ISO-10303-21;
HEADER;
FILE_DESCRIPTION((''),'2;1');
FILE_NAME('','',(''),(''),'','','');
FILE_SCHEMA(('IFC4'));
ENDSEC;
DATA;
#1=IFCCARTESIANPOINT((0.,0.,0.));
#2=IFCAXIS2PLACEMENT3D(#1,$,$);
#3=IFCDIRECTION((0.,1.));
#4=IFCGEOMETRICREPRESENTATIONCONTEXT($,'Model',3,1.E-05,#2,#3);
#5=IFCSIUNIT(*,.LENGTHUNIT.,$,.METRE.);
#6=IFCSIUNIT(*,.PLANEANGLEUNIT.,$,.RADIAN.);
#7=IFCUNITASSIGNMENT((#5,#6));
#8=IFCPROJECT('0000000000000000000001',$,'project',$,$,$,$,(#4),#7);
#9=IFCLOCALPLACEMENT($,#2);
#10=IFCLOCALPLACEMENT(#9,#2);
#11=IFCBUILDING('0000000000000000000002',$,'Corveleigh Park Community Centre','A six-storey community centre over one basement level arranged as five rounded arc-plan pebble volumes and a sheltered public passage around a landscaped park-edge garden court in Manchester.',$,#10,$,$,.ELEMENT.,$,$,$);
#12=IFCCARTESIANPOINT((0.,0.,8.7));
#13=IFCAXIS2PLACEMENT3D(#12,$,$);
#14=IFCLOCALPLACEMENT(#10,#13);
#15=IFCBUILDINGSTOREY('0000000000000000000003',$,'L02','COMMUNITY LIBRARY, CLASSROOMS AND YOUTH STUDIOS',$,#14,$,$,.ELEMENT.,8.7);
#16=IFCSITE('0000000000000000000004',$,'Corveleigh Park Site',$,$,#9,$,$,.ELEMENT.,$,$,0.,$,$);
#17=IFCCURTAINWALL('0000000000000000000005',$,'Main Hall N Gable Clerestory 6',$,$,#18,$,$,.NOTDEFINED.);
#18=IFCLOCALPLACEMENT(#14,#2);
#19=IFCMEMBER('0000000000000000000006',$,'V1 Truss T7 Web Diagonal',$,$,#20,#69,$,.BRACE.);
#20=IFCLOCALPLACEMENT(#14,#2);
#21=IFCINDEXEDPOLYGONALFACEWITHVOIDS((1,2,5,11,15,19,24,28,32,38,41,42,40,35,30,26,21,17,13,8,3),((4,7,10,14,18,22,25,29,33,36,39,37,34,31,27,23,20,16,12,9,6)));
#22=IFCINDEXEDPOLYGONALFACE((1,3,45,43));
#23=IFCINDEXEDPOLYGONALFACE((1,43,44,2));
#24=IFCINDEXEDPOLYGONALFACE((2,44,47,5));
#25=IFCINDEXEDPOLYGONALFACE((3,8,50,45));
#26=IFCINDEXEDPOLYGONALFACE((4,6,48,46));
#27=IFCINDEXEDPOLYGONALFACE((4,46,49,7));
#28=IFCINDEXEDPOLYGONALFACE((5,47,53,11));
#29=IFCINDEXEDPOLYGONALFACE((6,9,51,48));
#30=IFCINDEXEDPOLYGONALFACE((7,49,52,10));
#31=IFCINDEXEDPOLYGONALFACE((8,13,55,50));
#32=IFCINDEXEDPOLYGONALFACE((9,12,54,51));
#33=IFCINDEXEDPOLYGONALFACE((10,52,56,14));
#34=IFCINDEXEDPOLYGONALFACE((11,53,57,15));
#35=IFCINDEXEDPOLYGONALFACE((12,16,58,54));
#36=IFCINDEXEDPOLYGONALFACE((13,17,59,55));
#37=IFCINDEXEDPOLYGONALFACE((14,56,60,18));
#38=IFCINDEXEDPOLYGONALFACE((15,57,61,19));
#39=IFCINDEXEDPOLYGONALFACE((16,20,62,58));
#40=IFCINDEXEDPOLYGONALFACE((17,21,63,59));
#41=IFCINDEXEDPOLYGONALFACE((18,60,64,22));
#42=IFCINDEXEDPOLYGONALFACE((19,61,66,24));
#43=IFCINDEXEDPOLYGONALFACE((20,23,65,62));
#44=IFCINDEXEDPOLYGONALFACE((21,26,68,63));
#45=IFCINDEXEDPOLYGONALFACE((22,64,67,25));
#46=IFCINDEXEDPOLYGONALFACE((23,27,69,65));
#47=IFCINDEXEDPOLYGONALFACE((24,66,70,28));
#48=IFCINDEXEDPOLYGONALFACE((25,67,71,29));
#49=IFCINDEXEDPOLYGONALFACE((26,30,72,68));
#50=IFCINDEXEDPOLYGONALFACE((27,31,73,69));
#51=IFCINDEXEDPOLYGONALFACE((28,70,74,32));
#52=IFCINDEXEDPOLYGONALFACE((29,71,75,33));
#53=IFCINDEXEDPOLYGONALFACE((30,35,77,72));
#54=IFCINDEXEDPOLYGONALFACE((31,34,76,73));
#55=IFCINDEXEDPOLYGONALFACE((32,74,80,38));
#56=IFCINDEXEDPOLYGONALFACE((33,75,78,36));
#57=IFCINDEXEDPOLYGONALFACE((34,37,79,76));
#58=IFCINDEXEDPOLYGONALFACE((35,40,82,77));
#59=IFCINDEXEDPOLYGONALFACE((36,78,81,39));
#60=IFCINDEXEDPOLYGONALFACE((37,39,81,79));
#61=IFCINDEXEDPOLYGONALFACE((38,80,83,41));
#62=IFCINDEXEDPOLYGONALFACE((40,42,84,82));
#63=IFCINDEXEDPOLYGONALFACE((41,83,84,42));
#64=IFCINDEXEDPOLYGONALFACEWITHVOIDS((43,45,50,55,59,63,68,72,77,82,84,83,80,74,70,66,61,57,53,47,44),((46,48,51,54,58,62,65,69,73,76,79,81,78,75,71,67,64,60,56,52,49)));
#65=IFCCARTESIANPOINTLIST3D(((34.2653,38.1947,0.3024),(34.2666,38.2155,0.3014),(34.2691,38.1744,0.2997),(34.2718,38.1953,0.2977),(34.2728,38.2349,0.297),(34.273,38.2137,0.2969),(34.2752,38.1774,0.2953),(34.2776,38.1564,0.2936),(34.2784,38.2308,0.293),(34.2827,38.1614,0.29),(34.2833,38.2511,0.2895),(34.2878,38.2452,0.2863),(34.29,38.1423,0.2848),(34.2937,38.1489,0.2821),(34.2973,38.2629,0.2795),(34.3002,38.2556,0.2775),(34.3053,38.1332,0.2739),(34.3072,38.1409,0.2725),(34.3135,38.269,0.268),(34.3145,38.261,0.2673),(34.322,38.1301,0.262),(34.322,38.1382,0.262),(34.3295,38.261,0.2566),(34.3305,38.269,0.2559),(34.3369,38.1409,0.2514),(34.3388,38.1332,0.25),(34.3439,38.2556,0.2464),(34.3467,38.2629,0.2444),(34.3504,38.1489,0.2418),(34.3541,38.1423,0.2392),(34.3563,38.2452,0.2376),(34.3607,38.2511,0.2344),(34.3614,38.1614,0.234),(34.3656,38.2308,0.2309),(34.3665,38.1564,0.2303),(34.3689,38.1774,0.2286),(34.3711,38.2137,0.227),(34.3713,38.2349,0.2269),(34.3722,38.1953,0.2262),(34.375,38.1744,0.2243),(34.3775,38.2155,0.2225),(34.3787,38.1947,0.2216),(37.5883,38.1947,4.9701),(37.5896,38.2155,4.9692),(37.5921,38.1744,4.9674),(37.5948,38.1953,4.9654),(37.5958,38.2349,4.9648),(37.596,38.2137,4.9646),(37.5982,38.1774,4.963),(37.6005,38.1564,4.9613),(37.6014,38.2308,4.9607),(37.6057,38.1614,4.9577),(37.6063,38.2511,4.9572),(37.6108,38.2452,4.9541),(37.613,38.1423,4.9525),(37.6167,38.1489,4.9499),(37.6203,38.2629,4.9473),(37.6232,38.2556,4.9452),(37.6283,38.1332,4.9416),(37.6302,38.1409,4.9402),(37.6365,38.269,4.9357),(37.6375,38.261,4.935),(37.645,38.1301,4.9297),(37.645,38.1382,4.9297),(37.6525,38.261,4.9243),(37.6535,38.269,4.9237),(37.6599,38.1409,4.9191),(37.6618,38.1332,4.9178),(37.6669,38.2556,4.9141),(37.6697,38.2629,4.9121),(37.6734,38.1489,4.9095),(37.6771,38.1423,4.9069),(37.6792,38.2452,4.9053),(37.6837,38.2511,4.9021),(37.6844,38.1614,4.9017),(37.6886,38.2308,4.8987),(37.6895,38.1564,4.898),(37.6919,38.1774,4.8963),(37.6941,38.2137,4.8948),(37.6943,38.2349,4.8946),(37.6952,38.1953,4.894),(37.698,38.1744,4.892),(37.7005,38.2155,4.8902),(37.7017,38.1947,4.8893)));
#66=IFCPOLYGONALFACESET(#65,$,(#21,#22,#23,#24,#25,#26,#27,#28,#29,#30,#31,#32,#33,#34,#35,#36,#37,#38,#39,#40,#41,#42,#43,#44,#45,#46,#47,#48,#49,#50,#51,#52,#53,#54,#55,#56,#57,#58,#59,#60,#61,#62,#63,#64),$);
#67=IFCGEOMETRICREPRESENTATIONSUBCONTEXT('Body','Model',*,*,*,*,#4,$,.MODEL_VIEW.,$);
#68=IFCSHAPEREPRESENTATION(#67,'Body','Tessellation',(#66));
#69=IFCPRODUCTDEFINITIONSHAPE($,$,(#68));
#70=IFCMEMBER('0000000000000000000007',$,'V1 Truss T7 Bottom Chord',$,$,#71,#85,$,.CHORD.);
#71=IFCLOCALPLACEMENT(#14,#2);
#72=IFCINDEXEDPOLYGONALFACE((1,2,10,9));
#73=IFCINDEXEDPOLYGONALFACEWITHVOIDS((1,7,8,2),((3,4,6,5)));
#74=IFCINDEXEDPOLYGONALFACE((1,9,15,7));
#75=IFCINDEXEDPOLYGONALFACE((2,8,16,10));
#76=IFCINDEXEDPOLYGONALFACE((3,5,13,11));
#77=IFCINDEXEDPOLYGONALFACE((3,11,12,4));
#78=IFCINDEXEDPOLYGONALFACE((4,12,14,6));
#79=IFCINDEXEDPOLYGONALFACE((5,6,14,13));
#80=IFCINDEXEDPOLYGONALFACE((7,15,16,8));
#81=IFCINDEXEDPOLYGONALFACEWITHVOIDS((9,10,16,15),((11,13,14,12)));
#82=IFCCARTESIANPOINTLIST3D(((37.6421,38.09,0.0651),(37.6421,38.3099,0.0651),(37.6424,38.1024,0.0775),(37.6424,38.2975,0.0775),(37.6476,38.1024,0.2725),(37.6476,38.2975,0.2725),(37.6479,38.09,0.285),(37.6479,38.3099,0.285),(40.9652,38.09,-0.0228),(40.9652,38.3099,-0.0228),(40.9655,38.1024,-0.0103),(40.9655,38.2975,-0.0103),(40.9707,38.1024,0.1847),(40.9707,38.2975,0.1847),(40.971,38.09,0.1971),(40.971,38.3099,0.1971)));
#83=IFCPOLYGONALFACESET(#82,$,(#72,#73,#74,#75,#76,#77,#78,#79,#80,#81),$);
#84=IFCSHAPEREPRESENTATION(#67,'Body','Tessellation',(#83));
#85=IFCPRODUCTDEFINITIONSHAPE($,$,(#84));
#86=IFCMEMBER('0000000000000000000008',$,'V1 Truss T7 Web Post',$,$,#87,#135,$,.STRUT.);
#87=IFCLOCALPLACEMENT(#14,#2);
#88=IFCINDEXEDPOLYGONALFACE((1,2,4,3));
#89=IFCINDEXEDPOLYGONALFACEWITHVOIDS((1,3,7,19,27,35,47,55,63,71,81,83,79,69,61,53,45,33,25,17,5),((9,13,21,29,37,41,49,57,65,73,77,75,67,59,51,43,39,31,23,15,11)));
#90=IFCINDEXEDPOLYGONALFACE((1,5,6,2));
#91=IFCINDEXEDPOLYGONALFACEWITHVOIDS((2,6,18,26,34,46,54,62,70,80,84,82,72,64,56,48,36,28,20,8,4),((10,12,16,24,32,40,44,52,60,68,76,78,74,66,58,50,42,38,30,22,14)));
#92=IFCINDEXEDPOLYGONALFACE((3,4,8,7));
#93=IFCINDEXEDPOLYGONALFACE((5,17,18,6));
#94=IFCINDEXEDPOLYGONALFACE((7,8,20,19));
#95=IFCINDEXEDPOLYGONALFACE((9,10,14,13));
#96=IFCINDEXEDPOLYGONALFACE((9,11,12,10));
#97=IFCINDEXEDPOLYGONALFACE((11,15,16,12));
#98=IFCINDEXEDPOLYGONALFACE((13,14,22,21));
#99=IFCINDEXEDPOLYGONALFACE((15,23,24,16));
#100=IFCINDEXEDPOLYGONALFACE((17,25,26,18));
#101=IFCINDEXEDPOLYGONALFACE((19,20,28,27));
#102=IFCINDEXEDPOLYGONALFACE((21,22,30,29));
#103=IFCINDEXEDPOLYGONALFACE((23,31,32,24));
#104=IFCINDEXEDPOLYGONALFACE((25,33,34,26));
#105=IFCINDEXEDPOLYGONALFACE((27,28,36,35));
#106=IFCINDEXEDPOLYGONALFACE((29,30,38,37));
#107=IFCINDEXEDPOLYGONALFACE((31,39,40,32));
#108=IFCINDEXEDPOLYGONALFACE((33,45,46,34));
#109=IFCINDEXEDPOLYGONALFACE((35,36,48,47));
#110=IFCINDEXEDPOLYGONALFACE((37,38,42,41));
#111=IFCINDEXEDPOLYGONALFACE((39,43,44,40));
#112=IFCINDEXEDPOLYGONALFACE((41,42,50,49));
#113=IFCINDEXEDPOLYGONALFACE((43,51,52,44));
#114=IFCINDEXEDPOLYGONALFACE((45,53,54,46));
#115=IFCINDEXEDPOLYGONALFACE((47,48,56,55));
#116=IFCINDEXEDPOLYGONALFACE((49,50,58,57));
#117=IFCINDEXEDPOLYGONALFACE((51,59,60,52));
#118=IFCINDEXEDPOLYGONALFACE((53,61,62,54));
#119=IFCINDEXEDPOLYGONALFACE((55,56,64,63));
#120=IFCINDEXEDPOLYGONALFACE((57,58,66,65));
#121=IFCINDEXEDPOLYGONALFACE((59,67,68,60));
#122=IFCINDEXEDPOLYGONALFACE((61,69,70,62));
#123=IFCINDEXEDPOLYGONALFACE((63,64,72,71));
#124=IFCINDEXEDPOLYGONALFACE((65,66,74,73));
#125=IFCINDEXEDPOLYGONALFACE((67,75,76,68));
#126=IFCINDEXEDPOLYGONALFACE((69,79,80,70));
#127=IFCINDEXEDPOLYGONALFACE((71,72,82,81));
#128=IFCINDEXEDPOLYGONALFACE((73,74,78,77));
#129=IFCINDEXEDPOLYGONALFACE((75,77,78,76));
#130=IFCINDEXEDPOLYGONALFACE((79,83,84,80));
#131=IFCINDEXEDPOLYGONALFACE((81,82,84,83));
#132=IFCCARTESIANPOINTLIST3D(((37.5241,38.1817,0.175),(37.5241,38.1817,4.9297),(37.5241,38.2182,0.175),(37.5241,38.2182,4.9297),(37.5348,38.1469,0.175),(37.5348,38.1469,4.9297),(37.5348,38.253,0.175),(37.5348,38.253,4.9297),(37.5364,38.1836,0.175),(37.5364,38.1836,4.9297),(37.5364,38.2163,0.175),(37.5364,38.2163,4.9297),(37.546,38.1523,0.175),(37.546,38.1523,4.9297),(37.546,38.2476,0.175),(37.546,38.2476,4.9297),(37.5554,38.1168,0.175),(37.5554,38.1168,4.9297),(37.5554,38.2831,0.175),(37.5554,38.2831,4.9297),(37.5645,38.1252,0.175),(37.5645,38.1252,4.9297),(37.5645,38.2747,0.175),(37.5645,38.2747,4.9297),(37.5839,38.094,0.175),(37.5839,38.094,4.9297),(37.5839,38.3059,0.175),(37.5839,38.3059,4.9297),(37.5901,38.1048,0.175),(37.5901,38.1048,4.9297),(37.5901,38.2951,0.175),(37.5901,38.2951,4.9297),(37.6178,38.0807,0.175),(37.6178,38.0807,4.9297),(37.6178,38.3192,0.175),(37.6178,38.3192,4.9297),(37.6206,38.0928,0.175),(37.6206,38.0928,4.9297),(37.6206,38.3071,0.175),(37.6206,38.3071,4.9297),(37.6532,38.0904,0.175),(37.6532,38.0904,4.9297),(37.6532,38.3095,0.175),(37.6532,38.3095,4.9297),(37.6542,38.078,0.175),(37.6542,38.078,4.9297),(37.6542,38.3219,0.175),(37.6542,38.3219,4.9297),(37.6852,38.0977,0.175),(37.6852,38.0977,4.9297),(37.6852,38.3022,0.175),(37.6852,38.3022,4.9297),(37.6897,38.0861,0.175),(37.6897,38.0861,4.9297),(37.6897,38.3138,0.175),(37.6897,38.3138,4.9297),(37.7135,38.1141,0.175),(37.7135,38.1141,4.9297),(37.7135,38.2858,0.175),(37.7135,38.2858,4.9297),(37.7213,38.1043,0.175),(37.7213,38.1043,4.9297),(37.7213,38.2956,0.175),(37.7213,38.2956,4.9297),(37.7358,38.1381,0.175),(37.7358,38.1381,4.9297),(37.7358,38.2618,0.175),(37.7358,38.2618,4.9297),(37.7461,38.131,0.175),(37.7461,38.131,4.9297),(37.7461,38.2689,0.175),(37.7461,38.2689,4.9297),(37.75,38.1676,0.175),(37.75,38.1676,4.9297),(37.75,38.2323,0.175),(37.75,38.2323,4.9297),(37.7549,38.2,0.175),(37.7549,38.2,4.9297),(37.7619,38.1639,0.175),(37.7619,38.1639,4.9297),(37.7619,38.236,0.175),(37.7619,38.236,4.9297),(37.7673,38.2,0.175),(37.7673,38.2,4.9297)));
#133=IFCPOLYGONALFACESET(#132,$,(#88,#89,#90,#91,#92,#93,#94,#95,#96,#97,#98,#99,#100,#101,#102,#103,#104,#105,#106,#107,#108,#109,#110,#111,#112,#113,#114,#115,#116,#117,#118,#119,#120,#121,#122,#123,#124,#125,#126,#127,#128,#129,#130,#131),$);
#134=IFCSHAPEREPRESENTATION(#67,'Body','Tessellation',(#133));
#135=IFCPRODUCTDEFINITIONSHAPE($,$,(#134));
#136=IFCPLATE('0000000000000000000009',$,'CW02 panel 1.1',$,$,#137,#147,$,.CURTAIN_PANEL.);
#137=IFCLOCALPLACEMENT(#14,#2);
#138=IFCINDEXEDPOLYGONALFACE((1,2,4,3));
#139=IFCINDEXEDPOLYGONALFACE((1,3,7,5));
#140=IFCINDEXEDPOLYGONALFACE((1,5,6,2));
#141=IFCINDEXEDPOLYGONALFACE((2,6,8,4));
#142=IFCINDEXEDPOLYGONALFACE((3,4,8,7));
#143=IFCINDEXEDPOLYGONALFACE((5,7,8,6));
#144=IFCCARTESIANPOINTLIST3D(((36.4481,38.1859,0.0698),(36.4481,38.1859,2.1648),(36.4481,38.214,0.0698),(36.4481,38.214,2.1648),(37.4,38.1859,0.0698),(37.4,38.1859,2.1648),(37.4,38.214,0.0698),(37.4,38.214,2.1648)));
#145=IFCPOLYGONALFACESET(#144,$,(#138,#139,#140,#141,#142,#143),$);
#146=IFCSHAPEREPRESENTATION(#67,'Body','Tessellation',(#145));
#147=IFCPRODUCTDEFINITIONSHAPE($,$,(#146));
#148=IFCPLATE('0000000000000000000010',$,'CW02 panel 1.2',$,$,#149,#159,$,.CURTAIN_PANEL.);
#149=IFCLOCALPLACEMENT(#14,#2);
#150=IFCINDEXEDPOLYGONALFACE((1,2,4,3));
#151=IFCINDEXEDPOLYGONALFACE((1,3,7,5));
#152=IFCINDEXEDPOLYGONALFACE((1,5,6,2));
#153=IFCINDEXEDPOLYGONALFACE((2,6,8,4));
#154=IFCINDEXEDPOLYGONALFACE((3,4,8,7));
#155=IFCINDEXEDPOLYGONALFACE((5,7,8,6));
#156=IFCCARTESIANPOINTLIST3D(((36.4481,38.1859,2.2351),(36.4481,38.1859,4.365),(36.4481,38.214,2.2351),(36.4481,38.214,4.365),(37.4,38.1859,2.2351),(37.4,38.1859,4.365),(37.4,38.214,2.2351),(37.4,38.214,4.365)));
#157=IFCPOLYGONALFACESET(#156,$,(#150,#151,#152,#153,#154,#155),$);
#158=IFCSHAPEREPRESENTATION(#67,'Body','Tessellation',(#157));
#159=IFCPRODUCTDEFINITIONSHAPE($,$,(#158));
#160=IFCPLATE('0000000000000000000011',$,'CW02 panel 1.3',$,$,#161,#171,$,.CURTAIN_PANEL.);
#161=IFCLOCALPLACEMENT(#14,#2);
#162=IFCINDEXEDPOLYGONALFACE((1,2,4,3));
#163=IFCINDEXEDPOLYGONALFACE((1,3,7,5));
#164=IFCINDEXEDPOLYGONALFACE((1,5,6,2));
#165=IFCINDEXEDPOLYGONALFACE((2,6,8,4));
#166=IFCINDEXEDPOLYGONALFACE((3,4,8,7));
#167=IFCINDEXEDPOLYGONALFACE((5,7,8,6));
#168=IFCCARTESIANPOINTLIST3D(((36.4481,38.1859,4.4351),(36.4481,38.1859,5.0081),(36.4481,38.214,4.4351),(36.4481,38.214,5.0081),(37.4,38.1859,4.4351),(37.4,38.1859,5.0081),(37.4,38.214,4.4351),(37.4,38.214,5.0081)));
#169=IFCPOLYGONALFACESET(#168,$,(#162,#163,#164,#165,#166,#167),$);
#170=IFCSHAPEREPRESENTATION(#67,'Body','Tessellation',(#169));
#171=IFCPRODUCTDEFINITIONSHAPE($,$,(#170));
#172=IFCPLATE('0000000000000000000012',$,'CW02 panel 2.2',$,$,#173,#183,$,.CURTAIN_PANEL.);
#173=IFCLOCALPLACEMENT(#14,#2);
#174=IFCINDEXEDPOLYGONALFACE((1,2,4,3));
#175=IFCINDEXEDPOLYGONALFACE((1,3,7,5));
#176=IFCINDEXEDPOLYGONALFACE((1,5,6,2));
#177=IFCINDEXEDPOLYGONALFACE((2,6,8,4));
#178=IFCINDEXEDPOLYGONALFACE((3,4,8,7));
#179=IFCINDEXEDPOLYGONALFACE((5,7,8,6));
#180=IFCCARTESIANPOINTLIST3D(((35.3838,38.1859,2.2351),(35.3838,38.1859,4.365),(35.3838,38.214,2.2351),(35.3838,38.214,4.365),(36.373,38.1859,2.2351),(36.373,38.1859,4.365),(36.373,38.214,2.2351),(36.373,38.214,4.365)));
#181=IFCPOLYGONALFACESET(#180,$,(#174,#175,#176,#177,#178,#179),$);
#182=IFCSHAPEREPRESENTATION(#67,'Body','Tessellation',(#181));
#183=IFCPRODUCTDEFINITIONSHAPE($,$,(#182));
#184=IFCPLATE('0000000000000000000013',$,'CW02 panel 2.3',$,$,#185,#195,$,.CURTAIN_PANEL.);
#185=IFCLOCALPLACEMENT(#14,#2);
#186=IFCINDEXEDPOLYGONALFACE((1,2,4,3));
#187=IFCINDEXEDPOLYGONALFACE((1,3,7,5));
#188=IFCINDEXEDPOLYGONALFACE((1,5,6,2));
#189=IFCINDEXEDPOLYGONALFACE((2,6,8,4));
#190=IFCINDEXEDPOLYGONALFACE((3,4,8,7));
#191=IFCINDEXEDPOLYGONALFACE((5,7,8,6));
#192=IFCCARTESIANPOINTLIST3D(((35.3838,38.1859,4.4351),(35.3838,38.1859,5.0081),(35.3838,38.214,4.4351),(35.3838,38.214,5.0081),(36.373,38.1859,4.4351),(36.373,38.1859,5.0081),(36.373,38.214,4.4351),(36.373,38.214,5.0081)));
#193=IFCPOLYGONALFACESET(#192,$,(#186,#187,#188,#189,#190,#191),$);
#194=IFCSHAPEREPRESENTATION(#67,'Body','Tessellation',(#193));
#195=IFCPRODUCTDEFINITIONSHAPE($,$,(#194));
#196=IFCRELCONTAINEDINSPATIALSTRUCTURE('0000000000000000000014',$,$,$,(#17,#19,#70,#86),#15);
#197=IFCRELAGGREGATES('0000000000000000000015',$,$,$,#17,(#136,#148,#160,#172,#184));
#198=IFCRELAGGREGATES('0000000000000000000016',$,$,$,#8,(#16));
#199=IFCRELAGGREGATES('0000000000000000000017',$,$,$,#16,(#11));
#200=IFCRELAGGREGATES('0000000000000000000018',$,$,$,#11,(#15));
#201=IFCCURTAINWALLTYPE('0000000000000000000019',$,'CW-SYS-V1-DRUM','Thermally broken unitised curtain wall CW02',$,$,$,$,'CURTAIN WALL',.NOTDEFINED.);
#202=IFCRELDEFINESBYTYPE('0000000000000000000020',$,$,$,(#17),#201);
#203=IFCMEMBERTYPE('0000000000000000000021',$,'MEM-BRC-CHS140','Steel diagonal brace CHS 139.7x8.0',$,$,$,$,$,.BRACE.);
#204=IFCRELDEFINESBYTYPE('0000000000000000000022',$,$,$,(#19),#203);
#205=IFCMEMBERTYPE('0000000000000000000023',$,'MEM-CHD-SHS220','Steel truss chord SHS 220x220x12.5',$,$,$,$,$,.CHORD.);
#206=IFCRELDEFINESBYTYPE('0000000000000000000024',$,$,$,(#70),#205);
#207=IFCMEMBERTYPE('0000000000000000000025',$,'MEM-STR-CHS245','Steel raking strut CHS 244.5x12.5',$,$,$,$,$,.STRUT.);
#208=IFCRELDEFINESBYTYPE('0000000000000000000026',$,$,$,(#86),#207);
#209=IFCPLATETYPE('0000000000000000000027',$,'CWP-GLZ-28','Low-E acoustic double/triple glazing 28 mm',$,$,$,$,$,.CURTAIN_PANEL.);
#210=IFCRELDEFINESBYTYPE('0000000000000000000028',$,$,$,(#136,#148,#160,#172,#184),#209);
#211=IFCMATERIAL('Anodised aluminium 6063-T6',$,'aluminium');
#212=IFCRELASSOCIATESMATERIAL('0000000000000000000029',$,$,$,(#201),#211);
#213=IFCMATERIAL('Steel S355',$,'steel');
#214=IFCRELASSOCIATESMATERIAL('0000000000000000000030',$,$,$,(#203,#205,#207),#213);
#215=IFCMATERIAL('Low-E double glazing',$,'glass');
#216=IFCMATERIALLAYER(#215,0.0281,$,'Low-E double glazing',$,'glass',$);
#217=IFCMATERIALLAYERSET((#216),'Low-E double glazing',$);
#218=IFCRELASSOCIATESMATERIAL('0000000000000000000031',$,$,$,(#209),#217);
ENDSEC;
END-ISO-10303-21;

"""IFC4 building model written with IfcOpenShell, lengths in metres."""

from ifc_helpers import new_model, si_unit, direction, frame, origin, origin_2d, place, context, subcontext, project, spatial, rectangle, hollow_rectangle, hollow_circle, extrude, material, layer, layer_set, material_profile, profile_set, type_object, element, aggregate, save


model = new_model("IFC4")

# Units and contexts
model_context = context("Model", 3, precision=1e-05, world=origin(), true_north=direction((0.0, 1.0)))
body_context = subcontext(model_context, "Body", "Model", "MODEL_VIEW")
ifc_project = project(units=[si_unit("LENGTHUNIT", "METRE"), si_unit("PLANEANGLEUNIT", "RADIAN")], contexts=[model_context])

# Site, building, storey
site_placement = place(None, origin())
site = spatial("IfcSite", under=ifc_project, at=site_placement, Name="Corveleigh Park Site", CompositionType="ELEMENT", RefElevation=0.0)
building_placement = place(site_placement, origin())
building = spatial("IfcBuilding", under=site, at=building_placement, Name="Corveleigh Park Community Centre", Description="A six-storey community centre over one basement level arranged as five rounded arc-plan pebble volumes and a sheltered public passage around a landscaped park-edge garden court in Manchester.", CompositionType="ELEMENT")
storey_placement = place(building_placement, frame((0.0, 0.0, 8.7)))
storey = spatial("IfcBuildingStorey", under=building, at=storey_placement, Name="L02", Description="COMMUNITY LIBRARY, CLASSROOMS AND YOUTH STUDIOS", CompositionType="ELEMENT", Elevation=8.7)

# Curtain wall
ifc_material_1 = material(Name="Anodised aluminium 6063-T6", Category="aluminium")
curtain_wall_type = type_object("IfcCurtainWallType", Name="CW-SYS-V1-DRUM", Description="Thermally broken unitised curtain wall CW02", ElementType="CURTAIN WALL", PredefinedType="NOTDEFINED", material=ifc_material_1)
curtain_wall_1_placement = place(storey_placement, origin())
curtain_wall_1 = element("IfcCurtainWall", 1, at=curtain_wall_1_placement, inside=storey, type_object=curtain_wall_type, Name="Main Hall N Gable Clerestory 6", PredefinedType="NOTDEFINED")

# Members
ifc_material_2 = material(Name="Steel S355", Category="steel")
ifc_material_profile_1 = material_profile(ifc_material_2, hollow_circle(Radius=0.0698, WallThickness=0.0081, at=origin_2d()), Name="CHS 139.7x8.0", Category="steel")
ifc_profile_set_1 = profile_set([ifc_material_profile_1], Name="Steel S355")
member_type_1 = type_object("IfcMemberType", Name="MEM-BRC-CHS140", Description="Steel diagonal brace CHS 139.7x8.0", PredefinedType="BRACE", material=ifc_profile_set_1)
member_1_placement = place(storey_placement, frame((37.645, 38.2, 4.9297), z_axis=(-0.579956, 0.0, -0.814648), x_axis=(0.0, -1.0, 0.0)))
element("IfcMember", 2, at=member_1_placement, inside=storey, type_object=member_type_1, Name="V1 Truss T7 Web Diagonal", PredefinedType="BRACE", context=body_context, shape_type="SweptSolid", body=[
    extrude(hollow_circle(Radius=0.0698, WallThickness=0.0081, at=origin_2d()), origin(), (0.0, 0.0, 1.0), 5.7297),
])
ifc_material_profile_2 = material_profile(ifc_material_2, hollow_rectangle(XDim=0.22, YDim=0.22, WallThickness=0.0125, at=origin_2d()), Name="SHS 220x220x12.5", Category="steel")
ifc_profile_set_2 = profile_set([ifc_material_profile_2], Name="Steel S355")
member_type_2 = type_object("IfcMemberType", Name="MEM-CHD-SHS220", Description="Steel truss chord SHS 220x220x12.5", PredefinedType="CHORD", material=ifc_profile_set_2)
member_2_placement = place(storey_placement, frame((37.645, 38.2, 0.175), z_axis=(0.99965, 0.0, -0.02644), x_axis=(0.0, 1.0, 0.0)))
element("IfcMember", 3, at=member_2_placement, inside=storey, type_object=member_type_2, Name="V1 Truss T7 Bottom Chord", PredefinedType="CHORD", context=body_context, shape_type="SweptSolid", body=[
    extrude(hollow_rectangle(XDim=0.22, YDim=0.22, WallThickness=0.0125, at=origin_2d()), origin(), (0.0, 0.0, 1.0), 3.3242),
])
ifc_material_profile_3 = material_profile(ifc_material_2, hollow_circle(Radius=0.1223, WallThickness=0.0125, at=origin_2d()), Name="CHS 244.5x12.5", Category="steel")
ifc_profile_set_3 = profile_set([ifc_material_profile_3], Name="Steel S355")
member_type_3 = type_object("IfcMemberType", Name="MEM-STR-CHS245", Description="Steel raking strut CHS 244.5x12.5", PredefinedType="STRUT", material=ifc_profile_set_3)
member_3_placement = place(storey_placement, frame((37.645, 38.2, 0.175), z_axis=(0.0, 0.0, 1.0), x_axis=(1.0, 0.0, 0.0)))
element("IfcMember", 4, at=member_3_placement, inside=storey, type_object=member_type_3, Name="V1 Truss T7 Web Post", PredefinedType="STRUT", context=body_context, shape_type="SweptSolid", body=[
    extrude(hollow_circle(Radius=0.1223, WallThickness=0.0125, at=origin_2d()), origin(), (0.0, 0.0, 1.0), 4.7546),
])

# Plates
ifc_material_3 = material(Name="Low-E double glazing", Category="glass")
ifc_layer_1 = layer(ifc_material_3, 0.0281, Name="Low-E double glazing", Category="glass")
ifc_layer_set_1 = layer_set([ifc_layer_1], Name="Low-E double glazing")
plate_type_1 = type_object("IfcPlateType", Name="CWP-GLZ-28", Description="Low-E acoustic double/triple glazing 28 mm", PredefinedType="CURTAIN_PANEL", material=ifc_layer_set_1)
plate_1_placement = place(storey_placement, frame((36.9241, 38.2, 0.0698), z_axis=(0.0, 0.0, 1.0), x_axis=(-1.0, 0.0, 0.0)))
plate_1 = element("IfcPlate", 5, at=plate_1_placement, type_object=plate_type_1, Name="CW02 panel 1.1", PredefinedType="CURTAIN_PANEL", context=body_context, shape_type="SweptSolid", body=[
    extrude(rectangle(XDim=0.9519, YDim=0.0281, at=origin_2d()), origin(), (0.0, 0.0, 1.0), 2.095),
])
plate_2_placement = place(storey_placement, frame((36.9241, 38.2, 2.2351), z_axis=(0.0, 0.0, 1.0), x_axis=(-1.0, 0.0, 0.0)))
plate_2 = element("IfcPlate", 6, at=plate_2_placement, type_object=plate_type_1, Name="CW02 panel 1.2", PredefinedType="CURTAIN_PANEL", context=body_context, shape_type="SweptSolid", body=[
    extrude(rectangle(XDim=0.9519, YDim=0.0281, at=origin_2d()), origin(), (0.0, 0.0, 1.0), 2.1299),
])
plate_3_placement = place(storey_placement, frame((36.9241, 38.2, 4.4351), z_axis=(0.0, 0.0, 1.0), x_axis=(-1.0, 0.0, 0.0)))
plate_3 = element("IfcPlate", 7, at=plate_3_placement, type_object=plate_type_1, Name="CW02 panel 1.3", PredefinedType="CURTAIN_PANEL", context=body_context, shape_type="SweptSolid", body=[
    extrude(rectangle(XDim=0.9519, YDim=0.0281, at=origin_2d()), origin(), (0.0, 0.0, 1.0), 0.573),
])
plate_4_placement = place(storey_placement, frame((35.8784, 38.2, 2.2351), z_axis=(0.0, 0.0, 1.0), x_axis=(-1.0, 0.0, 0.0)))
plate_4 = element("IfcPlate", 8, at=plate_4_placement, type_object=plate_type_1, Name="CW02 panel 2.2", PredefinedType="CURTAIN_PANEL", context=body_context, shape_type="SweptSolid", body=[
    extrude(rectangle(XDim=0.9893, YDim=0.0281, at=origin_2d()), origin(), (0.0, 0.0, 1.0), 2.1299),
])
plate_5_placement = place(storey_placement, frame((35.8784, 38.2, 4.4351), z_axis=(0.0, 0.0, 1.0), x_axis=(-1.0, 0.0, 0.0)))
plate_5 = element("IfcPlate", 9, at=plate_5_placement, type_object=plate_type_1, Name="CW02 panel 2.3", PredefinedType="CURTAIN_PANEL", context=body_context, shape_type="SweptSolid", body=[
    extrude(rectangle(XDim=0.9893, YDim=0.0281, at=origin_2d()), origin(), (0.0, 0.0, 1.0), 0.573),
])
aggregate(curtain_wall_1, [plate_1, plate_2, plate_3, plate_4, plate_5])

save(model, "model.ifc")
